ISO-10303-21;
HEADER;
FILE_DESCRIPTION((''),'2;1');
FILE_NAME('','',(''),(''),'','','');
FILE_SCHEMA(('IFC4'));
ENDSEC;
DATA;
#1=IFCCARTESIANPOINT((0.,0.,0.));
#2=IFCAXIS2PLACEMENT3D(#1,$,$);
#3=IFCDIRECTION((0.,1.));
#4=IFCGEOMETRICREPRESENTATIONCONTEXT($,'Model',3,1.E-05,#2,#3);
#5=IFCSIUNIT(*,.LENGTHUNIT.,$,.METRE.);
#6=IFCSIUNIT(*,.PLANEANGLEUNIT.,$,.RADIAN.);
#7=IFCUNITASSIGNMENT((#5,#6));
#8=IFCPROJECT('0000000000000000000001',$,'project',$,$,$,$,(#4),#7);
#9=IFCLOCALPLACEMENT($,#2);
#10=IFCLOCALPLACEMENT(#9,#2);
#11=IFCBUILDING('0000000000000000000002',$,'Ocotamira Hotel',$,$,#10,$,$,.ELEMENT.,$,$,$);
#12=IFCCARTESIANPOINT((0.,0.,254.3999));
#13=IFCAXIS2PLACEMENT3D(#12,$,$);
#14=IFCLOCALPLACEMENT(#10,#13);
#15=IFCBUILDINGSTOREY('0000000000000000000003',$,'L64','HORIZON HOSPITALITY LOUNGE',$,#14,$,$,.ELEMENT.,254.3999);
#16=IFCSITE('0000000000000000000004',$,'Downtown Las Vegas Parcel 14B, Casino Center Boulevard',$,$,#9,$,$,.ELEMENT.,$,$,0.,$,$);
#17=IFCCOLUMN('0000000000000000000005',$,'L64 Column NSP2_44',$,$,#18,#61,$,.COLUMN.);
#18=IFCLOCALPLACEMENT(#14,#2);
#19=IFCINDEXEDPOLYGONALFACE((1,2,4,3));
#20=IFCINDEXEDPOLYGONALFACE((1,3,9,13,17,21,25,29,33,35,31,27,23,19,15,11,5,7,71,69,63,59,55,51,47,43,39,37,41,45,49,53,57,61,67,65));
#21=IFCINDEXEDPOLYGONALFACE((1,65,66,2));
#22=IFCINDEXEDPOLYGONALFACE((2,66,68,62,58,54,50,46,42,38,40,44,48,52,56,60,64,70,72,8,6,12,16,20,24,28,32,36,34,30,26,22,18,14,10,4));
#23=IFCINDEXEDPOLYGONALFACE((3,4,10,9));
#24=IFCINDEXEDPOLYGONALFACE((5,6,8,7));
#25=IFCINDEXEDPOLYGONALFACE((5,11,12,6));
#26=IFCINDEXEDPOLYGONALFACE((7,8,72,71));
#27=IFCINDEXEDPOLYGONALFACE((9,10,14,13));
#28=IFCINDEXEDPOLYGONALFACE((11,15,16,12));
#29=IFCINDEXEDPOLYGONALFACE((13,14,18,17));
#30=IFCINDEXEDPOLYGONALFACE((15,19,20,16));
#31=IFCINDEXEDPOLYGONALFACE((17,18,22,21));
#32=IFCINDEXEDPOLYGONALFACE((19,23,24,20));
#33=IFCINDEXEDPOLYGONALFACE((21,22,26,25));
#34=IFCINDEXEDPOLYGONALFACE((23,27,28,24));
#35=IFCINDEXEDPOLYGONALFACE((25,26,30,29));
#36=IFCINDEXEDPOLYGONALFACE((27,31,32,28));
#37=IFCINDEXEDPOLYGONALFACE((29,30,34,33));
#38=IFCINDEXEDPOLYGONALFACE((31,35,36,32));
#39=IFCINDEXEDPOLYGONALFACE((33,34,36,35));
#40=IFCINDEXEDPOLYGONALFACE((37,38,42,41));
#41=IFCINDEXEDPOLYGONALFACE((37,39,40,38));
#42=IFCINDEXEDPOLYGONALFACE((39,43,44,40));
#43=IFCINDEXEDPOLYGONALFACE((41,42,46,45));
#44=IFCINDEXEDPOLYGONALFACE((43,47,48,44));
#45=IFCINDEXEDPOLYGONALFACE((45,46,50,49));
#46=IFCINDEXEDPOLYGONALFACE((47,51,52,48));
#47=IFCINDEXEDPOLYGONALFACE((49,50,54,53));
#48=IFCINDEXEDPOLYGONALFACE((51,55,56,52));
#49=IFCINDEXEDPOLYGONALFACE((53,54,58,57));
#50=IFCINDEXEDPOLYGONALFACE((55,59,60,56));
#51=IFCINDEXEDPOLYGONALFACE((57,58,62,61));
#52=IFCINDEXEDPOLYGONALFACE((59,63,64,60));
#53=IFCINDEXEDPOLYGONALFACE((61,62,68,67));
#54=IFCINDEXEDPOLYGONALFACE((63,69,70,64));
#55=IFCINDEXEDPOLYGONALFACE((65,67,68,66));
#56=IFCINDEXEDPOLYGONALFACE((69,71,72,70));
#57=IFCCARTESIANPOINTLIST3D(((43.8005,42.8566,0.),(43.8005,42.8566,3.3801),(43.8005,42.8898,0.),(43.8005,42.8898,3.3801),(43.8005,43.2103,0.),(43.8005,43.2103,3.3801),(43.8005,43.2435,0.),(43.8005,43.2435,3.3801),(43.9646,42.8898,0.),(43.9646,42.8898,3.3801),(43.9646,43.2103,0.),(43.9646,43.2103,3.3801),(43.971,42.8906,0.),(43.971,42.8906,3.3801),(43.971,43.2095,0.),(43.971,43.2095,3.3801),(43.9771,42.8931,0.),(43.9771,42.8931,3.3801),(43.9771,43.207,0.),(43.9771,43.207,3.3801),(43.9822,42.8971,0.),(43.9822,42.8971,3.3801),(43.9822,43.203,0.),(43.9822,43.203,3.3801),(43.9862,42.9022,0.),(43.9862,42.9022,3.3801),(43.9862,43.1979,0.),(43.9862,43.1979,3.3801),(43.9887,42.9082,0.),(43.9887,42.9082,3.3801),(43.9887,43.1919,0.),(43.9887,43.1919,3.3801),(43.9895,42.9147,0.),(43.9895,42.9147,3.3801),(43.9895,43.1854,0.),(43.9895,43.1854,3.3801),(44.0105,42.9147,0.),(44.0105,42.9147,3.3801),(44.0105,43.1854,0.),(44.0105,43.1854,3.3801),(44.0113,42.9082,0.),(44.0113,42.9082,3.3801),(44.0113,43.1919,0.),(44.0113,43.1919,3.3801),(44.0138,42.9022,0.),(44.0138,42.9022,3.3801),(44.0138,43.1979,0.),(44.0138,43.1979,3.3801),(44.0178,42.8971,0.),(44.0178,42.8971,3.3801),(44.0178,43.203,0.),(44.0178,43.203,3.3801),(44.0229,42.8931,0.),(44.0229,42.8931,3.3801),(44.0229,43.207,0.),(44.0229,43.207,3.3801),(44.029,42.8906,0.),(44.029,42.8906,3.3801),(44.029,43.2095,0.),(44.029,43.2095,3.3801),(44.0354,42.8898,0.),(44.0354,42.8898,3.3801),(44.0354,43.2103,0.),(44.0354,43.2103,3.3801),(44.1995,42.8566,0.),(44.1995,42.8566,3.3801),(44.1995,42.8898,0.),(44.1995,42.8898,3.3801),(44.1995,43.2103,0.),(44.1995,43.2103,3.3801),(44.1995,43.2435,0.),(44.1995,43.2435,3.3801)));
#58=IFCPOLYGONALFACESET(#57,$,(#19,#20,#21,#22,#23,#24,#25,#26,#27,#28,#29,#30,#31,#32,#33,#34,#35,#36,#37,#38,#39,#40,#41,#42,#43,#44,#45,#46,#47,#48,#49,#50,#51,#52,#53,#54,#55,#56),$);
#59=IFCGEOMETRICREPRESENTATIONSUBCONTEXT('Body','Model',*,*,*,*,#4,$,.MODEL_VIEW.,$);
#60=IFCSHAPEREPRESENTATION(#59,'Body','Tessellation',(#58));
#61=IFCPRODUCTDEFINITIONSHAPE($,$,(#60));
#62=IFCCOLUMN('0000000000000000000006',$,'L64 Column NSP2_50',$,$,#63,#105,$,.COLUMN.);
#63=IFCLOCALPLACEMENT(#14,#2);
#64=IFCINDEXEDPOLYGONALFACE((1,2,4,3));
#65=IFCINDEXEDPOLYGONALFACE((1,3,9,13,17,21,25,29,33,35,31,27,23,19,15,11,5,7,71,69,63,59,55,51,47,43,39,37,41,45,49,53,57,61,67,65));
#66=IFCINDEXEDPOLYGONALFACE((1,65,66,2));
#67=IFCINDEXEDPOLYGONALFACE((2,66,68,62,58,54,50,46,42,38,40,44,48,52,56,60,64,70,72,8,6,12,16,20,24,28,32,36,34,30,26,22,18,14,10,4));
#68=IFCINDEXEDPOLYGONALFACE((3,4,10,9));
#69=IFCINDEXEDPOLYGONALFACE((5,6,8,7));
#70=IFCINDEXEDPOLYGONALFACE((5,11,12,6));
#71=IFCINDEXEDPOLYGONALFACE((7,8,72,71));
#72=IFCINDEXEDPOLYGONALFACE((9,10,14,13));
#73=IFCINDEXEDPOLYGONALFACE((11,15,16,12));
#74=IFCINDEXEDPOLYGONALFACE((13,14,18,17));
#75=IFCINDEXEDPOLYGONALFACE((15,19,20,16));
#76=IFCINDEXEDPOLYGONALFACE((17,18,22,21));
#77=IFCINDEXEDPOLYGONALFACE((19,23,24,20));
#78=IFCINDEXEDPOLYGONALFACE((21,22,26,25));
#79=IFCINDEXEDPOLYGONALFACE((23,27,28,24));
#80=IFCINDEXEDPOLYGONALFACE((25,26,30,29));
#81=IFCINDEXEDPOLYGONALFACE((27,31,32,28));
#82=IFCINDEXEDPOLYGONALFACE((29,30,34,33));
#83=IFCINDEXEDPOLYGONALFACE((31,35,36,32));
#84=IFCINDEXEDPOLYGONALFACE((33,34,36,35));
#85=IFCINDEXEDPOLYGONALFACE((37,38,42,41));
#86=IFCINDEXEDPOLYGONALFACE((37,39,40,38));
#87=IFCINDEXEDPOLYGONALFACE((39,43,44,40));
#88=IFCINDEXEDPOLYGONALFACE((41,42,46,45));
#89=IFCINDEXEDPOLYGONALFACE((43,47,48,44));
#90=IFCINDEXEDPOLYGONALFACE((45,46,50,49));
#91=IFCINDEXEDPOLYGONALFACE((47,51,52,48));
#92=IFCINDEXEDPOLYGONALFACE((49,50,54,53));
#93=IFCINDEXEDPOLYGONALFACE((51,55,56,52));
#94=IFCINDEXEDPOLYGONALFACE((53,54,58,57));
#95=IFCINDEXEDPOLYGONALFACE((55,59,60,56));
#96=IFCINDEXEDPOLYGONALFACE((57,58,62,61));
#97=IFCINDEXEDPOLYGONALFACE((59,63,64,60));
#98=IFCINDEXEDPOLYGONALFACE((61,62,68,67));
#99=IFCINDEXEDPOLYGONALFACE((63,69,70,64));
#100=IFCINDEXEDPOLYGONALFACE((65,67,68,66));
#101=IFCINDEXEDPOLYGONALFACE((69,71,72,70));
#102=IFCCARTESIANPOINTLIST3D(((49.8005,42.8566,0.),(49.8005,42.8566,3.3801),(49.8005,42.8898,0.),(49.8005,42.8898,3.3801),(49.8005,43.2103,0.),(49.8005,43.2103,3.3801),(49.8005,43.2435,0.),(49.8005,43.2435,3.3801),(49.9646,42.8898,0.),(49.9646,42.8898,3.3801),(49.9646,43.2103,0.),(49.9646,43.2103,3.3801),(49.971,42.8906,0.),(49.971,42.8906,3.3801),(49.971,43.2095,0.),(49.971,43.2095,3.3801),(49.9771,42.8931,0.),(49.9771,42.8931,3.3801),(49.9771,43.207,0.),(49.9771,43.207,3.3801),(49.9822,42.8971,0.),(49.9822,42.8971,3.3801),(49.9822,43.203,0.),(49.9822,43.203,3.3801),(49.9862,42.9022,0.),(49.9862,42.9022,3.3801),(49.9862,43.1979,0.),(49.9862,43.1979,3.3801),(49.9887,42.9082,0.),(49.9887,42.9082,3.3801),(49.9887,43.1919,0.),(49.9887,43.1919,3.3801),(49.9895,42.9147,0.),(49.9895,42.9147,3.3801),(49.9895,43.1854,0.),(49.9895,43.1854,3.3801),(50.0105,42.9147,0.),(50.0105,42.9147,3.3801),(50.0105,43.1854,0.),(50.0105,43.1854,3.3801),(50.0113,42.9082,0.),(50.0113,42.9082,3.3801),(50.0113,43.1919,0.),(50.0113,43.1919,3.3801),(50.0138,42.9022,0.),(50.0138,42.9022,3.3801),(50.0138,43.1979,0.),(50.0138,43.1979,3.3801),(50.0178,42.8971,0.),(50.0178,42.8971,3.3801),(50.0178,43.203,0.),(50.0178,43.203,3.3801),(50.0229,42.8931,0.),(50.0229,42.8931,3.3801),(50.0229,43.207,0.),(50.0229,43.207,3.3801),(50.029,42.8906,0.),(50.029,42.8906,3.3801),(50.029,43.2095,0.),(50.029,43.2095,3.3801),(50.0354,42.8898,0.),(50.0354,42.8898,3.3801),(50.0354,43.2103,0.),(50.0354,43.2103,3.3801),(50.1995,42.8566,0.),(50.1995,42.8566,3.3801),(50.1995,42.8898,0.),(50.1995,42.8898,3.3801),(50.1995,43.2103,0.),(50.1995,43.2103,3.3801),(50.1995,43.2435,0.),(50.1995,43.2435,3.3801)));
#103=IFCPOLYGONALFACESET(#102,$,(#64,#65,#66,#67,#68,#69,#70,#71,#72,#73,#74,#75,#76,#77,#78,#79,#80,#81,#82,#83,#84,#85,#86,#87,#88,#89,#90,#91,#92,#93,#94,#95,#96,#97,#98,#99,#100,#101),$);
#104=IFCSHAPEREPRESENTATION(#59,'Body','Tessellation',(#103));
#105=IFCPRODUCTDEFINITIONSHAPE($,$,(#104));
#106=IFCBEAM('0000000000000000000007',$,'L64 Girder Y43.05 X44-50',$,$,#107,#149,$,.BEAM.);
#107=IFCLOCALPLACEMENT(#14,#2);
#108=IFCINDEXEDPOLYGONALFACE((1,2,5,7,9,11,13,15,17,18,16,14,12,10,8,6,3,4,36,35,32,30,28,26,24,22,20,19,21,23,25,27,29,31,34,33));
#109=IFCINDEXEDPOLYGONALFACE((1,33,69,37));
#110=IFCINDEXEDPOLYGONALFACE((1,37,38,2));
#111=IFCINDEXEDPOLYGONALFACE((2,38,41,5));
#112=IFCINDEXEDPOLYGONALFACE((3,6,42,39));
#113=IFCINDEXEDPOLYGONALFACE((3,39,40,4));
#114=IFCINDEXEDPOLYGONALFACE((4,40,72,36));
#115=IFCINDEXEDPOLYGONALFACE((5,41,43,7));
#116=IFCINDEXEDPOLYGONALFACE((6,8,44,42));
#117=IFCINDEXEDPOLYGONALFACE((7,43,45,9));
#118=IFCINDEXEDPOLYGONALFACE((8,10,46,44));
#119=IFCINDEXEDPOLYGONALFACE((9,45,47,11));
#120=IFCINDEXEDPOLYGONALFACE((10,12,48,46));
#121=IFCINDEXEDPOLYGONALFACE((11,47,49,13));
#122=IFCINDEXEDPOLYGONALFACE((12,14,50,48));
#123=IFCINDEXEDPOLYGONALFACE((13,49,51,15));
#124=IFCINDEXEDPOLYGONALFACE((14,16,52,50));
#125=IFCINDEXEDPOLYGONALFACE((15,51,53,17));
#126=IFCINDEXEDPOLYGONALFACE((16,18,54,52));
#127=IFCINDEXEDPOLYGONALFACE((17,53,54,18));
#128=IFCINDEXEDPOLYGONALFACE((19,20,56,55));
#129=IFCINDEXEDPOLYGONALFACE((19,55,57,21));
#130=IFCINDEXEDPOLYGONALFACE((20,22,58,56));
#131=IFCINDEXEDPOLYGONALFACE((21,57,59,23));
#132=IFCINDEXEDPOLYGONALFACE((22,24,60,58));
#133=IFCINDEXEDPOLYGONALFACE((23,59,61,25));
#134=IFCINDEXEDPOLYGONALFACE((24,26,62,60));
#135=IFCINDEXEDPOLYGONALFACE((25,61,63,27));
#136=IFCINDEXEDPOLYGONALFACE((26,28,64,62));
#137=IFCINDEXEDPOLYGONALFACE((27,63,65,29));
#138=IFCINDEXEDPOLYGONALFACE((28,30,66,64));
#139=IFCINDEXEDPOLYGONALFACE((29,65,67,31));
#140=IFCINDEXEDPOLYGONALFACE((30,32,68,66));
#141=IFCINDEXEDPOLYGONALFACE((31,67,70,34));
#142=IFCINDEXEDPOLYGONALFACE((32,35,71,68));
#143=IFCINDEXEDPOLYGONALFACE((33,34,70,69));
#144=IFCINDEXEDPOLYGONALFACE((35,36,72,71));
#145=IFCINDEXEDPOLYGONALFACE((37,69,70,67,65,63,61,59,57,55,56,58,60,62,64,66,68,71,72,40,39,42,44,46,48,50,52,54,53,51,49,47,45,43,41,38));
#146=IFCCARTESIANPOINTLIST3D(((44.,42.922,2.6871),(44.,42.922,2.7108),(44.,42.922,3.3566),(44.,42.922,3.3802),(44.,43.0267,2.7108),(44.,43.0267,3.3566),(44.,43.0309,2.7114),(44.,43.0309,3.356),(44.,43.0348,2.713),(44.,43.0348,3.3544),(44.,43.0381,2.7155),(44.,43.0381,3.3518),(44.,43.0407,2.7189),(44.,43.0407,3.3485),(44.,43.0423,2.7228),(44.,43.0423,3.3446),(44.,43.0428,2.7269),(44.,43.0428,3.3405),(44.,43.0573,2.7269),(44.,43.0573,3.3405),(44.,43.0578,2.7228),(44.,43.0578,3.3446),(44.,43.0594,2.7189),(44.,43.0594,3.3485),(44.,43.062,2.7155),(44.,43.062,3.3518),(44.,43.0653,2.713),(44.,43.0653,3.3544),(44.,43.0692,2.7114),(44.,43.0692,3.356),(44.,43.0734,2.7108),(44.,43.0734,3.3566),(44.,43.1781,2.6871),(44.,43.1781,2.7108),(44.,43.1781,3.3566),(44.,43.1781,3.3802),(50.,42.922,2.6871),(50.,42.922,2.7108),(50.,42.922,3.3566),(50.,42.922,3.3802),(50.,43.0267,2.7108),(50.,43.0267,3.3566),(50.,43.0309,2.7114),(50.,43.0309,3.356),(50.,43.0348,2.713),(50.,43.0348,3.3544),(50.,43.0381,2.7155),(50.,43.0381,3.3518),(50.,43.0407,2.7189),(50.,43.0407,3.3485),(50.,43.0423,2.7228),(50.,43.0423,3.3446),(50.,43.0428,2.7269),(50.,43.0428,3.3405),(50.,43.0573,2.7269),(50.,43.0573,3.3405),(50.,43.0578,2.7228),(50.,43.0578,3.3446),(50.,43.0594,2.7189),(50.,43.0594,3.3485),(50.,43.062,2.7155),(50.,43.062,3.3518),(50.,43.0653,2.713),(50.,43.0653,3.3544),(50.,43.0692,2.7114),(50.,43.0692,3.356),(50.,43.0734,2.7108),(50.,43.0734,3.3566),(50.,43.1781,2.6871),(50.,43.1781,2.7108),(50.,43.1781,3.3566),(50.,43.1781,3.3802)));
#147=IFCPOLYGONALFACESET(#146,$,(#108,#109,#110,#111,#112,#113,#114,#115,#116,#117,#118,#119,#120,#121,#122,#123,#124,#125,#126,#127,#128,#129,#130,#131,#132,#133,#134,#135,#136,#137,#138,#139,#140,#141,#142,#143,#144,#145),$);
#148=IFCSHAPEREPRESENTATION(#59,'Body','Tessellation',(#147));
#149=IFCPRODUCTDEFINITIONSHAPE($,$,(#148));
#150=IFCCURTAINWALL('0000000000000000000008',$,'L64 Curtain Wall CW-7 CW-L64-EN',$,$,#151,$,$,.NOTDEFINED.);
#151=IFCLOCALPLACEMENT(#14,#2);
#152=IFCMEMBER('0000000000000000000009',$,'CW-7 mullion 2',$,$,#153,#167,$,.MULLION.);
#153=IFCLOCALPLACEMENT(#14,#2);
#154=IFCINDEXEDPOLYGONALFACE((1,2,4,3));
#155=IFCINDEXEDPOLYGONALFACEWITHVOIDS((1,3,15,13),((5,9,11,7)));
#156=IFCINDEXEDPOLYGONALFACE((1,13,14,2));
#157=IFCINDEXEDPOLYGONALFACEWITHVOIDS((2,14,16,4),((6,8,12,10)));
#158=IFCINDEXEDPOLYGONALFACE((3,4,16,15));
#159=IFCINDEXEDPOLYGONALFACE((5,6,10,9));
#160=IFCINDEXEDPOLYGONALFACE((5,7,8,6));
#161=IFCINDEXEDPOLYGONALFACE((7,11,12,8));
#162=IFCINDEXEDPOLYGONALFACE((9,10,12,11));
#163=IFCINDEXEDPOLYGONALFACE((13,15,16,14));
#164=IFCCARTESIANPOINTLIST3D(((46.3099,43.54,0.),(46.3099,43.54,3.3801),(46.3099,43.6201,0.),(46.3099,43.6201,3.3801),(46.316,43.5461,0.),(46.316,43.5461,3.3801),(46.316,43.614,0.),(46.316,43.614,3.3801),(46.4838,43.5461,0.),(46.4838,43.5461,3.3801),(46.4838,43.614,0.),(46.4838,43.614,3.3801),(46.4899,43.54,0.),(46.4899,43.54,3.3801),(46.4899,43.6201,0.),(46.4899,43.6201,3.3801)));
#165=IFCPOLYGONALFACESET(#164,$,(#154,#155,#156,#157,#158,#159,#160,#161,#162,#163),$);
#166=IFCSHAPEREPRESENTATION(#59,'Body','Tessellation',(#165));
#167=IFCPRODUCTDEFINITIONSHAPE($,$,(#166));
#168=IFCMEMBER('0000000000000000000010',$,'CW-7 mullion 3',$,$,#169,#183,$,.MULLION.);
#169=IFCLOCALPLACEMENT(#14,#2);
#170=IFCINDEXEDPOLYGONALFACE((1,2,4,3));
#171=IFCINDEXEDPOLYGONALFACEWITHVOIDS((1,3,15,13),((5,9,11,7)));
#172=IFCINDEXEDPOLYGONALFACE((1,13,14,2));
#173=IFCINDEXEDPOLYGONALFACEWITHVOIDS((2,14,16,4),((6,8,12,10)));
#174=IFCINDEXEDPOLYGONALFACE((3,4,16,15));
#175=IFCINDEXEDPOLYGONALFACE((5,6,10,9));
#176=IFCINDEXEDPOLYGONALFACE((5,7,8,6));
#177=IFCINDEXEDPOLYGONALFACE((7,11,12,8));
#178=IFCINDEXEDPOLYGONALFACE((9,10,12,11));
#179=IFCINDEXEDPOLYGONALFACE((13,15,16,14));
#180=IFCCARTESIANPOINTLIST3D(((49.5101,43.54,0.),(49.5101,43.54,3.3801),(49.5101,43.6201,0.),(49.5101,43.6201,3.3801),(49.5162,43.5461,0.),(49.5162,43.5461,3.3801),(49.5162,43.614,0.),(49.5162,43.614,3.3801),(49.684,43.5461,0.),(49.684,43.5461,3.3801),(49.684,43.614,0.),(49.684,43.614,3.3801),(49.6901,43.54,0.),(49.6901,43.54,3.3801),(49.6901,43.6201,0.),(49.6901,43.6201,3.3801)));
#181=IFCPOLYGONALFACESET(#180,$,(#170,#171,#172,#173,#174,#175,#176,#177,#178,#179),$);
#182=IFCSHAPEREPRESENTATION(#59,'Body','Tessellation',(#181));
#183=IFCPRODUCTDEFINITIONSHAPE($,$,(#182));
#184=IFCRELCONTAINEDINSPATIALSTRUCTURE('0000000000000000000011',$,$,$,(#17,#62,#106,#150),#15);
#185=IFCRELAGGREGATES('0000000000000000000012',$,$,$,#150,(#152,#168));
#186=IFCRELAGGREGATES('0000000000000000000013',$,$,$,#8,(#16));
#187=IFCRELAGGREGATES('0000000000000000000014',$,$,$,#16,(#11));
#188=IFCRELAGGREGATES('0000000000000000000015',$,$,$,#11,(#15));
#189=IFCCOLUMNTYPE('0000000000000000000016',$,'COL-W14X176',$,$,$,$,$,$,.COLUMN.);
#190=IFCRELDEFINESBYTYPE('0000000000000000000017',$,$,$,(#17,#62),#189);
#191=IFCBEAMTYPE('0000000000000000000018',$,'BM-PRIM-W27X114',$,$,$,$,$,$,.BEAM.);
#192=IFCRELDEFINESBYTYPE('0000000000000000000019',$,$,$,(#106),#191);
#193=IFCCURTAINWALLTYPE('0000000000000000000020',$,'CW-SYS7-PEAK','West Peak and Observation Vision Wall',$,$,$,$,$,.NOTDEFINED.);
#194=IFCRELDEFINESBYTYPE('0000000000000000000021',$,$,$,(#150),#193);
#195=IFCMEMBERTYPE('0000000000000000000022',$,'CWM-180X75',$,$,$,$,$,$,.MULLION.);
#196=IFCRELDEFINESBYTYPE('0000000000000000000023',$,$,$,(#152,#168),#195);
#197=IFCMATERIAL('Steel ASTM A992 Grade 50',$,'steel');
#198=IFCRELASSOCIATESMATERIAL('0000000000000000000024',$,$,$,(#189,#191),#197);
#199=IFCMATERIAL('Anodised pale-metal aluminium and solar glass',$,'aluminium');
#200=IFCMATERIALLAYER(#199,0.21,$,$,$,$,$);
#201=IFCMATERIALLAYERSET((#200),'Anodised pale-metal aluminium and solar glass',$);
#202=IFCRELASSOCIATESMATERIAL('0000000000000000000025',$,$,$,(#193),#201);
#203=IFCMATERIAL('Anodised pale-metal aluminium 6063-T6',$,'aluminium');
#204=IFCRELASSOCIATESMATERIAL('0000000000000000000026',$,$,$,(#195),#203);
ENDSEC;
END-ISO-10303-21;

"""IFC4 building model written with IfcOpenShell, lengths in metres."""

from ifc_helpers import new_model, si_unit, direction, frame, origin, origin_2d, place, context, subcontext, project, spatial, hollow_rectangle, i_section, extrude, source, transform, mapped, material, layer, layer_set, material_profile, profile_set, type_object, element, aggregate, save


model = new_model("IFC4")

# Units and contexts
model_context = context("Model", 3, precision=1e-05, world=origin(), true_north=direction((0.0, 1.0)))
body_context = subcontext(model_context, "Body", "Model", "MODEL_VIEW")
ifc_project = project(units=[si_unit("LENGTHUNIT", "METRE"), si_unit("PLANEANGLEUNIT", "RADIAN")], contexts=[model_context])

# Site, building, storey
site_placement = place(None, origin())
site = spatial("IfcSite", under=ifc_project, at=site_placement, Name="Downtown Las Vegas Parcel 14B, Casino Center Boulevard", CompositionType="ELEMENT", RefElevation=0.0)
building_placement = place(site_placement, origin())
building = spatial("IfcBuilding", under=site, at=building_placement, Name="Ocotamira Hotel", CompositionType="ELEMENT")
storey_placement = place(building_placement, frame((0.0, 0.0, 254.3999)))
storey = spatial("IfcBuildingStorey", under=building, at=storey_placement, Name="L64", Description="HORIZON HOSPITALITY LOUNGE", CompositionType="ELEMENT", Elevation=254.3999)

# Columns
ifc_material_1 = material(Name="Steel ASTM A992 Grade 50", Category="steel")
ifc_material_profile_1 = material_profile(ifc_material_1, i_section(OverallWidth=0.3989, OverallDepth=0.387, WebThickness=0.021, FlangeThickness=0.0332, FilletRadius=0.0249, at=origin_2d()), Name="W14X176")
ifc_profile_set_1 = profile_set([ifc_material_profile_1], Name="Steel ASTM A992 Grade 50")
column_type = type_object("IfcColumnType", Name="COL-W14X176", PredefinedType="COLUMN", material=ifc_profile_set_1)
shared_shape_1 = source(origin(), body_context, "Body", "SweptSolid", [
    extrude(i_section(OverallWidth=0.3989, OverallDepth=0.387, WebThickness=0.021, FlangeThickness=0.0332, FilletRadius=0.0249, at=origin_2d()), origin(), (0.0, 0.0, 1.0), 3.3801),
])
for number, where, z_axis, x_axis, name in (
    (1, (44.0, 43.05, 0.0), (0.0, 0.0, 1.0), (1.0, 0.0, 0.0), "L64 Column NSP2_44"),
    (2, (50.0, 43.05, 0.0), (0.0, 0.0, 1.0), (1.0, 0.0, 0.0), "L64 Column NSP2_50"),
):
    element("IfcColumn", number, at=place(storey_placement, frame(where, z_axis=z_axis, x_axis=x_axis)), inside=storey, type_object=column_type, Name=name, PredefinedType="COLUMN", context=body_context, shape_type="MappedRepresentation", body=[
        mapped(shared_shape_1, transform((0.0, 0.0, 0.0), scale=1.0)),
    ])

# Beam
ifc_material_profile_2 = material_profile(ifc_material_1, i_section(OverallWidth=0.2561, OverallDepth=0.6931, WebThickness=0.0144, FlangeThickness=0.0237, FilletRadius=0.0161, at=origin_2d()), Name="W27X114")
ifc_profile_set_2 = profile_set([ifc_material_profile_2], Name="Steel ASTM A992 Grade 50")
beam_type = type_object("IfcBeamType", Name="BM-PRIM-W27X114", PredefinedType="BEAM", material=ifc_profile_set_2)
shared_shape_2 = source(origin(), body_context, "Body", "SweptSolid", [
    extrude(i_section(OverallWidth=0.2561, OverallDepth=0.6931, WebThickness=0.0144, FlangeThickness=0.0237, FilletRadius=0.0161, at=origin_2d()), origin(), (0.0, 0.0, 1.0), 6.0),
])
beam_placement = place(storey_placement, frame((44.0, 43.05, 3.0337), z_axis=(1.0, 0.0, 0.0), x_axis=(0.0, 1.0, 0.0)))
element("IfcBeam", 3, at=beam_placement, inside=storey, type_object=beam_type, Name="L64 Girder Y43.05 X44-50", PredefinedType="BEAM", context=body_context, shape_type="MappedRepresentation", body=[
    mapped(shared_shape_2, transform((0.0, 0.0, 0.0), scale=1.0)),
])

# Curtain wall, members
ifc_material_2 = material(Name="Anodised pale-metal aluminium and solar glass", Category="aluminium")
ifc_layer_1 = layer(ifc_material_2, 0.21)
ifc_layer_set_1 = layer_set([ifc_layer_1], Name="Anodised pale-metal aluminium and solar glass")
curtain_wall_type = type_object("IfcCurtainWallType", Name="CW-SYS7-PEAK", Description="West Peak and Observation Vision Wall", PredefinedType="NOTDEFINED", material=ifc_layer_set_1)
curtain_wall_1_placement = place(storey_placement, origin())
curtain_wall_1 = element("IfcCurtainWall", 4, at=curtain_wall_1_placement, inside=storey, type_object=curtain_wall_type, Name="L64 Curtain Wall CW-7 CW-L64-EN", PredefinedType="NOTDEFINED")
ifc_material_3 = material(Name="Anodised pale-metal aluminium 6063-T6", Category="aluminium")
ifc_material_profile_3 = material_profile(ifc_material_3, hollow_rectangle(XDim=0.0801, YDim=0.1799, WallThickness=0.0061, at=origin_2d()), Name="HSS180X80X6")
ifc_profile_set_3 = profile_set([ifc_material_profile_3], Name="Anodised pale-metal aluminium 6063-T6")
member_type_1 = type_object("IfcMemberType", Name="CWM-180X75", PredefinedType="MULLION", material=ifc_profile_set_3)
shared_shape_3 = source(origin(), body_context, "Body", "SweptSolid", [
    extrude(hollow_rectangle(XDim=0.0801, YDim=0.1799, WallThickness=0.0061, at=origin_2d()), origin(), (0.0, 0.0, 1.0), 3.3801),
])
member_1_placement = place(storey_placement, frame((46.3999, 43.5801, 0.0), z_axis=(0.0, 0.0, 1.0), x_axis=(0.0, 1.0, 0.0)))
member_1 = element("IfcMember", 5, at=member_1_placement, type_object=member_type_1, Name="CW-7 mullion 2", PredefinedType="MULLION", context=body_context, shape_type="MappedRepresentation", body=[
    mapped(shared_shape_3, transform((0.0, 0.0, 0.0), scale=1.0)),
])
member_2_placement = place(storey_placement, frame((49.6001, 43.5801, 0.0), z_axis=(0.0, 0.0, 1.0), x_axis=(0.0, 1.0, 0.0)))
member_2 = element("IfcMember", 6, at=member_2_placement, type_object=member_type_1, Name="CW-7 mullion 3", PredefinedType="MULLION", context=body_context, shape_type="MappedRepresentation", body=[
    mapped(shared_shape_3, transform((0.0, 0.0, 0.0), scale=1.0)),
])

aggregate(curtain_wall_1, [member_1, member_2])

save(model, "model.ifc")
